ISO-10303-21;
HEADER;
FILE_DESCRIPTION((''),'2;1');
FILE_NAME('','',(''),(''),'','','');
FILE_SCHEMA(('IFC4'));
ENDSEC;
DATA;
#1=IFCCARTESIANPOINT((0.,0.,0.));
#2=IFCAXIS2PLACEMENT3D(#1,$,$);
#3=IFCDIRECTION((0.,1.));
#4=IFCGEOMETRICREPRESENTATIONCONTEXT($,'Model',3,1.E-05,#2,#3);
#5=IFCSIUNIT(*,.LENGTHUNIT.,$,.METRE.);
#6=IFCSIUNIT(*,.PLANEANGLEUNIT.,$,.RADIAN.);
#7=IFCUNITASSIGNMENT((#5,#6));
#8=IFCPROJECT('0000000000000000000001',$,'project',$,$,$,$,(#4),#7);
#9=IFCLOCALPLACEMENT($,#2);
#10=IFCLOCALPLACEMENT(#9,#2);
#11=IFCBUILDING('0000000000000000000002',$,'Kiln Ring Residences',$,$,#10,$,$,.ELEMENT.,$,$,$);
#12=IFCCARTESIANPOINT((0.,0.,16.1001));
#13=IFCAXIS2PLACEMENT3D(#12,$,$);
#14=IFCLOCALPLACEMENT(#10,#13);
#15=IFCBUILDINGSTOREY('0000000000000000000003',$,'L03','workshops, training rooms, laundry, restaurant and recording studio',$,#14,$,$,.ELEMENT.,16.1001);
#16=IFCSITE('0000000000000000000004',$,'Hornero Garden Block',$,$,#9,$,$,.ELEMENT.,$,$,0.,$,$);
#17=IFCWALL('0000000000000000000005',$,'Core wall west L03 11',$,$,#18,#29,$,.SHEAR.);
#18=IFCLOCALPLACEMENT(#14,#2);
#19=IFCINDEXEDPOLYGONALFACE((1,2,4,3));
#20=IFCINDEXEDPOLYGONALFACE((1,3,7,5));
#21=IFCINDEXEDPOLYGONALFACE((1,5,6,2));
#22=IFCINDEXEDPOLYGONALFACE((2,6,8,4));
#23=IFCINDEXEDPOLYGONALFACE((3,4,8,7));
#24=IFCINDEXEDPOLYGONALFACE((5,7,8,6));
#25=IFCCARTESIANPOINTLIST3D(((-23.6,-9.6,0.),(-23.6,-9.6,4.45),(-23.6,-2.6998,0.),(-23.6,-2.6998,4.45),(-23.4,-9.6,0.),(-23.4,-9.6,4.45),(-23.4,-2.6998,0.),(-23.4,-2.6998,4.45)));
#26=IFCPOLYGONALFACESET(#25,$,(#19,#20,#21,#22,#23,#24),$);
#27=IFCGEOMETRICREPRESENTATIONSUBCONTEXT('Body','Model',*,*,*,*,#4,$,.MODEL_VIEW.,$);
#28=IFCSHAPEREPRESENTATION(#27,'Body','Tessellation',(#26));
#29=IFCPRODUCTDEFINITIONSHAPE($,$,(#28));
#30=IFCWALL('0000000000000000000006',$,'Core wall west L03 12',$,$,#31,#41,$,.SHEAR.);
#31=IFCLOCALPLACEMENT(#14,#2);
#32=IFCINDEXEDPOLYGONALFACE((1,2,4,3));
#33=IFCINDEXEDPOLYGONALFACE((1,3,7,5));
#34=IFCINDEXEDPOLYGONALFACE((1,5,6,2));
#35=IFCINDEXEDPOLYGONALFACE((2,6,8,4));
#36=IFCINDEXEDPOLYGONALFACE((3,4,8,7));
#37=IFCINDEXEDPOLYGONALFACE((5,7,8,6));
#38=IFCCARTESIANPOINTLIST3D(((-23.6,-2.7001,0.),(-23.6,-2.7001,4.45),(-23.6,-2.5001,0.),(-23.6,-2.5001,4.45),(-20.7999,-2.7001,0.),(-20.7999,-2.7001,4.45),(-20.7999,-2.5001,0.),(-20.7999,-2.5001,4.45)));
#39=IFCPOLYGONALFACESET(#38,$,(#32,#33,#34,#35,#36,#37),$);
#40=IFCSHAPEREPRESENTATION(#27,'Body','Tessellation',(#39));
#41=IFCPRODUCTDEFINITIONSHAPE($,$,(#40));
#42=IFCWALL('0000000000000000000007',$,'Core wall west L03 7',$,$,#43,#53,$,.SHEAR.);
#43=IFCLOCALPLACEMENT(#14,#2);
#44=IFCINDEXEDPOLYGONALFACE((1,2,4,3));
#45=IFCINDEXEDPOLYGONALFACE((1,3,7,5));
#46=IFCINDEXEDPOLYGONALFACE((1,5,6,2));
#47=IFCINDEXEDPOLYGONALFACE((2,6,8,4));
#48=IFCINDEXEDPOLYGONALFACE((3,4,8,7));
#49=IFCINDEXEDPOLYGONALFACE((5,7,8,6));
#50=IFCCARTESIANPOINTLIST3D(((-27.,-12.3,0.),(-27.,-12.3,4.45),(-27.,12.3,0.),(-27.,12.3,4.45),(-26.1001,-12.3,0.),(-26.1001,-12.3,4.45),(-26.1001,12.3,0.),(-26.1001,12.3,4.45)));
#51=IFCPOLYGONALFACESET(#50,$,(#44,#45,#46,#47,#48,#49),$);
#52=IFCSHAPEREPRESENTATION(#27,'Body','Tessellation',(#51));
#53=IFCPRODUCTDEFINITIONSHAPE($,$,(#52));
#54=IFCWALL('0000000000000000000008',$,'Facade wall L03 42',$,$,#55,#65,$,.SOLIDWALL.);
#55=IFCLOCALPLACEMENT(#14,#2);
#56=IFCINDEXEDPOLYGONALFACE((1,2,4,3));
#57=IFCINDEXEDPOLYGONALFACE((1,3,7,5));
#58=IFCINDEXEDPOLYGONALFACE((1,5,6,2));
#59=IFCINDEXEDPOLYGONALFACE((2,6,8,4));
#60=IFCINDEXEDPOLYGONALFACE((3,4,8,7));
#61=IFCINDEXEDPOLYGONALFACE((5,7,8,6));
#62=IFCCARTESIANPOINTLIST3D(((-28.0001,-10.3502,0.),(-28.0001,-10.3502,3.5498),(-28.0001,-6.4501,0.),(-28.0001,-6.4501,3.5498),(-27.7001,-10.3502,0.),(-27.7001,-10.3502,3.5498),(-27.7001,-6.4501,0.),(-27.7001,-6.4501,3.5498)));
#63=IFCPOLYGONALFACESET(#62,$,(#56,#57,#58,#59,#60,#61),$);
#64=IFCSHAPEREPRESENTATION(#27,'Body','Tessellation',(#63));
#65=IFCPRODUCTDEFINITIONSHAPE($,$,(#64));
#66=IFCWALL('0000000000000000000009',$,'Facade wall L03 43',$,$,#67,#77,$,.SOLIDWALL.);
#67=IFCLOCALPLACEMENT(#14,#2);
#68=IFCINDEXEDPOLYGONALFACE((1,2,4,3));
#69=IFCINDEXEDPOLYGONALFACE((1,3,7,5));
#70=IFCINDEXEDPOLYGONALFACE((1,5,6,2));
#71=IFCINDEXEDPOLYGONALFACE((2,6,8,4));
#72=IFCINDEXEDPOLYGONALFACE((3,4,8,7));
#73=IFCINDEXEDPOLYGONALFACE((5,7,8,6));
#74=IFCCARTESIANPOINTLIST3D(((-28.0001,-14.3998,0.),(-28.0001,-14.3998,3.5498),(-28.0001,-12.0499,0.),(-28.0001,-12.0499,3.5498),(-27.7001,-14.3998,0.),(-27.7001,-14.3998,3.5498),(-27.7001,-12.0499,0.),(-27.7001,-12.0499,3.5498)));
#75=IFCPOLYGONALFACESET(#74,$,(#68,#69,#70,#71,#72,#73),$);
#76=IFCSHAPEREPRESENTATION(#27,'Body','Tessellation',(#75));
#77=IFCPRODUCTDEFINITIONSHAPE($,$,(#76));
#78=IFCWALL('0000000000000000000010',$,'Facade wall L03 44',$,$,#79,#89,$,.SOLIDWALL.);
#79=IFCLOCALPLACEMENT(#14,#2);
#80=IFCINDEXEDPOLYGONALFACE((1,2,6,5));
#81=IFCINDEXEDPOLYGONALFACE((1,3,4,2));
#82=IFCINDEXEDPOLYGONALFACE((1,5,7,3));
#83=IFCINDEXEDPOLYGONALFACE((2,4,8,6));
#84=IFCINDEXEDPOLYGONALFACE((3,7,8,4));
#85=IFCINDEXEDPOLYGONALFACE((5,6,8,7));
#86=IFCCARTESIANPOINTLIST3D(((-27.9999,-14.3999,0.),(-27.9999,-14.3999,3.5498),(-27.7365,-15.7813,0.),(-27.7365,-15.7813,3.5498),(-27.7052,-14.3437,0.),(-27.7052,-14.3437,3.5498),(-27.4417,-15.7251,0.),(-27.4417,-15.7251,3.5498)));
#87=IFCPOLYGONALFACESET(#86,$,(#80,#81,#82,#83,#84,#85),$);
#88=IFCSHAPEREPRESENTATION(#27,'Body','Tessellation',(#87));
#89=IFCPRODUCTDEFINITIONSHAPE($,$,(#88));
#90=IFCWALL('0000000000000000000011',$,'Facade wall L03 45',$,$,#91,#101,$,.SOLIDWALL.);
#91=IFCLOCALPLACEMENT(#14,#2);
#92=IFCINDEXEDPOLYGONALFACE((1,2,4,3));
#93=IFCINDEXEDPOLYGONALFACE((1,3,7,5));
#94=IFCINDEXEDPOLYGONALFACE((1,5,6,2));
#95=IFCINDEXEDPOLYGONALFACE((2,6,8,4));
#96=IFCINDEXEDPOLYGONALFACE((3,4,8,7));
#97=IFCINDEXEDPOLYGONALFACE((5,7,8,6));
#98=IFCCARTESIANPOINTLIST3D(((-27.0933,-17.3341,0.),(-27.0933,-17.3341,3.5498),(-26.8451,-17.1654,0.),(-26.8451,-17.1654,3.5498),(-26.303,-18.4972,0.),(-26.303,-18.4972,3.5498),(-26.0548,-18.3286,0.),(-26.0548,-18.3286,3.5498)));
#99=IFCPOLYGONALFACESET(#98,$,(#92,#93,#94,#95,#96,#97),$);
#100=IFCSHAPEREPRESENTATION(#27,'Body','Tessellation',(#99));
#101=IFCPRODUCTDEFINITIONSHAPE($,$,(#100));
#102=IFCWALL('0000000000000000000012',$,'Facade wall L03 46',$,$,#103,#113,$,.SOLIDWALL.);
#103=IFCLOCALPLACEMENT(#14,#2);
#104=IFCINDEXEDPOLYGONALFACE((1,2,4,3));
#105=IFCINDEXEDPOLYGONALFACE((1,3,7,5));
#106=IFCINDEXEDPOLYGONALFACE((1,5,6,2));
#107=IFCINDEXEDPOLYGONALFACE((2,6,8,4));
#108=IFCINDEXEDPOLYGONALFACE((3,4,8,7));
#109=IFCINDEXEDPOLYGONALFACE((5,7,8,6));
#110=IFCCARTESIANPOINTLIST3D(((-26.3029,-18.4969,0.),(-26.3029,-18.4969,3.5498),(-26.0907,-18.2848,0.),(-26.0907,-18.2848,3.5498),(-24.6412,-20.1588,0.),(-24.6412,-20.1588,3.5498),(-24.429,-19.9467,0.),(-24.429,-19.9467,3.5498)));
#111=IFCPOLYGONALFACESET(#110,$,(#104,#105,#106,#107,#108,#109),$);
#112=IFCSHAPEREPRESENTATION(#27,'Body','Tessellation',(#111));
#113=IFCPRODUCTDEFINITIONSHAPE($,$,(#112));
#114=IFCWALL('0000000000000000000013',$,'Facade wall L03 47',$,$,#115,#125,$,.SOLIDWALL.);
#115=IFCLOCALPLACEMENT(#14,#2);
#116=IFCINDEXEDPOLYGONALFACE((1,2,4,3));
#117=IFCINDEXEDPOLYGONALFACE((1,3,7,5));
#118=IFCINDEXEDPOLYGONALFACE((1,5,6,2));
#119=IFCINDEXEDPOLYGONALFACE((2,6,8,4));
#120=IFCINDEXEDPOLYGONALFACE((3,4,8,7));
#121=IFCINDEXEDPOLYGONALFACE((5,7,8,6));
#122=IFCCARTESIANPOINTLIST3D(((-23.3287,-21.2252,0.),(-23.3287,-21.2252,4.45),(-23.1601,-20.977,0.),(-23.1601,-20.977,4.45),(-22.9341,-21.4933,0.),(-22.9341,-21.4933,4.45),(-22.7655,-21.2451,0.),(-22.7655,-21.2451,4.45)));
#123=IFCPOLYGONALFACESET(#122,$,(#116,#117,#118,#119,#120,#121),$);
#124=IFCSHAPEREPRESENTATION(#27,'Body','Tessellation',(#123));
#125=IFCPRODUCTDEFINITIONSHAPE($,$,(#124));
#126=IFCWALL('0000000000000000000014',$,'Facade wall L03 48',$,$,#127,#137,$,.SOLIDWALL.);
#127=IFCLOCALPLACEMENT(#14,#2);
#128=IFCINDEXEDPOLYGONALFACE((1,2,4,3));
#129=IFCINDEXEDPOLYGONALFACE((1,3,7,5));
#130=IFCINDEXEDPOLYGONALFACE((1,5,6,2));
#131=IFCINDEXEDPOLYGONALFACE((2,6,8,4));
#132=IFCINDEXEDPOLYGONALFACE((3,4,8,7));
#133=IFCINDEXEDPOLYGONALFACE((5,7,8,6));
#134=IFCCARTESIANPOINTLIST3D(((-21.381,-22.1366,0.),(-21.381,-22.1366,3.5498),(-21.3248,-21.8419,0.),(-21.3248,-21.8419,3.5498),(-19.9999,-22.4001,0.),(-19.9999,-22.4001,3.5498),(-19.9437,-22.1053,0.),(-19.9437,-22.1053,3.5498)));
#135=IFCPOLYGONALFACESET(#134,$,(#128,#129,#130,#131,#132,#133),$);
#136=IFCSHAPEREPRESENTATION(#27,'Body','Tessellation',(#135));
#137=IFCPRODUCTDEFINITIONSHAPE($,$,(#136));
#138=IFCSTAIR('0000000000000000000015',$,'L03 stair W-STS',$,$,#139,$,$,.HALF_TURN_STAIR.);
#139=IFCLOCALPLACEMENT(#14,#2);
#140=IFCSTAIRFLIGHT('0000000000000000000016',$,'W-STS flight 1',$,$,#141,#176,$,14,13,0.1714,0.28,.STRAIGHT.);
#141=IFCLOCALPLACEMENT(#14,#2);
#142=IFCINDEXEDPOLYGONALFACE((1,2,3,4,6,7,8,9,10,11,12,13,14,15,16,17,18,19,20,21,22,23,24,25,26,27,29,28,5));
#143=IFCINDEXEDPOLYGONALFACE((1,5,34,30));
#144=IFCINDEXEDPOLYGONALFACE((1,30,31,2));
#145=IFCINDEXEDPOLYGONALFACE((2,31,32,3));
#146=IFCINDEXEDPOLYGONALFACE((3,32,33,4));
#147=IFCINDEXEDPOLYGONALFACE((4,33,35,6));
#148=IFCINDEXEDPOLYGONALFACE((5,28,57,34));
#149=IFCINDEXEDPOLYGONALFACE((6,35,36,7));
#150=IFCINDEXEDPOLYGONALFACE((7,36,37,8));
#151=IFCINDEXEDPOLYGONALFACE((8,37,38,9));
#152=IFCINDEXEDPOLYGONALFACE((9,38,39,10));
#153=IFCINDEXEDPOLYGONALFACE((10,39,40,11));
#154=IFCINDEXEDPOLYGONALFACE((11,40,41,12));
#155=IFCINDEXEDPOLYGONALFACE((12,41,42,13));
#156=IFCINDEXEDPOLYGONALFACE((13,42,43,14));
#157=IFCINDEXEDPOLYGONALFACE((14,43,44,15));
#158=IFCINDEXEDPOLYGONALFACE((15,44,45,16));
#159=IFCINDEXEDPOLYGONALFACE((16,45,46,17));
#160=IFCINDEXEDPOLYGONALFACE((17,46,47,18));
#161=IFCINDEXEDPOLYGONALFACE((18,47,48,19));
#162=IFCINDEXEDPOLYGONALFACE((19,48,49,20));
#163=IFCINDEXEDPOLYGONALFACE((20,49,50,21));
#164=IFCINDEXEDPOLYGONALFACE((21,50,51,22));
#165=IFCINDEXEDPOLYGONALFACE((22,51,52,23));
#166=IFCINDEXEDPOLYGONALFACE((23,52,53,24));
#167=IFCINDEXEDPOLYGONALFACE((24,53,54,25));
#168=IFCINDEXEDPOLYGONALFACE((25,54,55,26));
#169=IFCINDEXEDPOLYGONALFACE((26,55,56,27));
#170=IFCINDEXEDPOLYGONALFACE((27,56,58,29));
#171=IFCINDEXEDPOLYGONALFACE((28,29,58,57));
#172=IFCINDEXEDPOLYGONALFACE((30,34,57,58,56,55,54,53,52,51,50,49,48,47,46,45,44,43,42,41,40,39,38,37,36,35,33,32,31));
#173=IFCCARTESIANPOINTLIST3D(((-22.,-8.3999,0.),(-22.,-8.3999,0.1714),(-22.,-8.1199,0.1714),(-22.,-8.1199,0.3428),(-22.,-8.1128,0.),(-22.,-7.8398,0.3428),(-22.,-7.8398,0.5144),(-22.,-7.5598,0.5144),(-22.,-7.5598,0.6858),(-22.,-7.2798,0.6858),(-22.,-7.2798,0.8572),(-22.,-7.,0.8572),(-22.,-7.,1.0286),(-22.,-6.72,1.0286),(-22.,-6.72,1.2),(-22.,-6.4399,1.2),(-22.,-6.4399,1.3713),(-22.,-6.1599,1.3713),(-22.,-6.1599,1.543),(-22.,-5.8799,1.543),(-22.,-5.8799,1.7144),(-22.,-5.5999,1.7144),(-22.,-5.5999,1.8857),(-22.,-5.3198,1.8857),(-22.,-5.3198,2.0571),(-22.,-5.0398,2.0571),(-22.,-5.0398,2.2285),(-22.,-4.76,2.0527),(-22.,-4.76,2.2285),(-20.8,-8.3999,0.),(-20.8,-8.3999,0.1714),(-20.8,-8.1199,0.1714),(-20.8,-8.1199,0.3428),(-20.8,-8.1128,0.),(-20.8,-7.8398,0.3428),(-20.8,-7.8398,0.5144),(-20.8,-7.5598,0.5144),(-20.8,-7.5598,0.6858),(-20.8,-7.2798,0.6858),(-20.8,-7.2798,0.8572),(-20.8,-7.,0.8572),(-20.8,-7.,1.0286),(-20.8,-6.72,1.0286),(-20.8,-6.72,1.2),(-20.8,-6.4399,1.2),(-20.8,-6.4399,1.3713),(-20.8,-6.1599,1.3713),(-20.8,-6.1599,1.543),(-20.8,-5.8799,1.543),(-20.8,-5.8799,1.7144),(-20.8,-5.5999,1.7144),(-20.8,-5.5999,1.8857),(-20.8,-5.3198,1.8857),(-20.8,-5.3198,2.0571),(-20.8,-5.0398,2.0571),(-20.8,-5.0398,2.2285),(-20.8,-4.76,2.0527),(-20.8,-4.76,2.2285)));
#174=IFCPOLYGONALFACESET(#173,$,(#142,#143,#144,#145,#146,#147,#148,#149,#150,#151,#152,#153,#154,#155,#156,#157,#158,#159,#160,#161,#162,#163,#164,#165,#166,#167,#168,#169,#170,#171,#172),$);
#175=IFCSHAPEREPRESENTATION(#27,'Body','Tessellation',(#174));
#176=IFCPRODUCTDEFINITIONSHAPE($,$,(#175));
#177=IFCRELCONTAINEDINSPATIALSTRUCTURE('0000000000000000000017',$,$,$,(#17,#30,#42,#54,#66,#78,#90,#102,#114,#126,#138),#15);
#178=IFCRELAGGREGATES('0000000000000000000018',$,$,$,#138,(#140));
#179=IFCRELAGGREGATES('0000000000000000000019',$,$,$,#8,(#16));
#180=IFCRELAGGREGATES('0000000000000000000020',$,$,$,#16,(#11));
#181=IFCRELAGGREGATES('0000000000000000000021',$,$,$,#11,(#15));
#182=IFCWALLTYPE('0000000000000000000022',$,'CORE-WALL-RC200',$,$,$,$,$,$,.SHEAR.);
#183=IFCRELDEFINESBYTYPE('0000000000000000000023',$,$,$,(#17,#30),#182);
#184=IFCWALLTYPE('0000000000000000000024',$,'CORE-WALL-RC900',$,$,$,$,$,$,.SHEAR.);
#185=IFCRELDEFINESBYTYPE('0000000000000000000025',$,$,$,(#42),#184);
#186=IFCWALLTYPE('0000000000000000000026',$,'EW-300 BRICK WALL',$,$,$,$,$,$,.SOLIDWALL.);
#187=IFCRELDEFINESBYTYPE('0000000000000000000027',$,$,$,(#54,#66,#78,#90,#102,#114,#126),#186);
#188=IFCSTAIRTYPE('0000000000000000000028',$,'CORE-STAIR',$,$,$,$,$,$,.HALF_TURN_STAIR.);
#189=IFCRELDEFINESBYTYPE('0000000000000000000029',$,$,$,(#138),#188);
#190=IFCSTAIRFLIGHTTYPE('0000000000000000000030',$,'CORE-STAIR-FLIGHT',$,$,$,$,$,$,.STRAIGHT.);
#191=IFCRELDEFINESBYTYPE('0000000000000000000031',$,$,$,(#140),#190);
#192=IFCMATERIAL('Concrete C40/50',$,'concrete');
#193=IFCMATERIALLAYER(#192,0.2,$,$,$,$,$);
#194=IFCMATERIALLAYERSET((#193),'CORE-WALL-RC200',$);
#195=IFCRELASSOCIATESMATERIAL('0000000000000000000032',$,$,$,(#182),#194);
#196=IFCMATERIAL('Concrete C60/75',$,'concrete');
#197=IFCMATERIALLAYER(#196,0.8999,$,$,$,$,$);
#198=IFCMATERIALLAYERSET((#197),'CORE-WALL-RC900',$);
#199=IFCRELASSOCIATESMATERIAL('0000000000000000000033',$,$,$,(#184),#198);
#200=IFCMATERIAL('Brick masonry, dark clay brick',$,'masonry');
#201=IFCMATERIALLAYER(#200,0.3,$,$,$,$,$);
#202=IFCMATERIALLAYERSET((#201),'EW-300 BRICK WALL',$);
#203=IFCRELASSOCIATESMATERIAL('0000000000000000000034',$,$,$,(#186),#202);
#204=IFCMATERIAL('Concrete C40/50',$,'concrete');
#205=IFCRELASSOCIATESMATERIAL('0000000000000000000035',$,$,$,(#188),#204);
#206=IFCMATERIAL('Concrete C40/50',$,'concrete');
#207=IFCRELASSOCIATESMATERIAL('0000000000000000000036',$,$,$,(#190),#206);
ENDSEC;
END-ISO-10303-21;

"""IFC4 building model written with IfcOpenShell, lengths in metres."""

from ifc_helpers import new_model, si_unit, direction, frame, frame_2d, origin, place, context, subcontext, project, spatial, polyline, rectangle, outline, extrude, material, layer, layer_set, type_object, element, aggregate, save


model = new_model("IFC4")

# Units and contexts
model_context = context("Model", 3, precision=1e-05, world=origin(), true_north=direction((0.0, 1.0)))
body_context = subcontext(model_context, "Body", "Model", "MODEL_VIEW")
ifc_project = project(units=[si_unit("LENGTHUNIT", "METRE"), si_unit("PLANEANGLEUNIT", "RADIAN")], contexts=[model_context])

# Site, building, storey
site_placement = place(None, origin())
site = spatial("IfcSite", under=ifc_project, at=site_placement, Name="Hornero Garden Block", CompositionType="ELEMENT", RefElevation=0.0)
building_placement = place(site_placement, origin())
building = spatial("IfcBuilding", under=site, at=building_placement, Name="Kiln Ring Residences", CompositionType="ELEMENT")
storey_placement = place(building_placement, frame((0.0, 0.0, 16.1001)))
storey = spatial("IfcBuildingStorey", under=building, at=storey_placement, Name="L03", Description="workshops, training rooms, laundry, restaurant and recording studio", CompositionType="ELEMENT", Elevation=16.1001)

# Walls
ifc_material_1 = material(Name="Concrete C40/50", Category="concrete")
ifc_layer_1 = layer(ifc_material_1, 0.2)
ifc_layer_set_1 = layer_set([ifc_layer_1], Name="CORE-WALL-RC200")
wall_type_1 = type_object("IfcWallType", Name="CORE-WALL-RC200", PredefinedType="SHEAR", material=ifc_layer_set_1)
wall_1_placement = place(storey_placement, frame((-23.5, -9.6001, 0.0), z_axis=(0.0, 0.0, 1.0), x_axis=(0.0, 1.0, 0.0)))
element("IfcWall", 1, at=wall_1_placement, inside=storey, type_object=wall_type_1, Name="Core wall west L03 11", PredefinedType="SHEAR", context=body_context, shape_type="SweptSolid", body=[
    extrude(rectangle(XDim=6.9001, YDim=0.2, at=frame_2d((3.4502, 0.0))), origin(), (0.0, 0.0, 1.0), 4.45),
])
wall_2_placement = place(storey_placement, frame((-20.8, -2.6001, 0.0), z_axis=(0.0, 0.0, 1.0), x_axis=(-1.0, 0.0, 0.0)))
element("IfcWall", 2, at=wall_2_placement, inside=storey, type_object=wall_type_1, Name="Core wall west L03 12", PredefinedType="SHEAR", context=body_context, shape_type="SweptSolid", body=[
    extrude(rectangle(XDim=2.8, YDim=0.2, at=frame_2d((1.3999, 0.0))), origin(), (0.0, 0.0, 1.0), 4.45),
])
ifc_material_2 = material(Name="Concrete C60/75", Category="concrete")
ifc_layer_2 = layer(ifc_material_2, 0.8999)
ifc_layer_set_2 = layer_set([ifc_layer_2], Name="CORE-WALL-RC900")
wall_type_2 = type_object("IfcWallType", Name="CORE-WALL-RC900", PredefinedType="SHEAR", material=ifc_layer_set_2)
wall_3_placement = place(storey_placement, frame((-26.55, -12.3, 0.0), z_axis=(0.0, 0.0, 1.0), x_axis=(0.0, 1.0, 0.0)))
element("IfcWall", 3, at=wall_3_placement, inside=storey, type_object=wall_type_2, Name="Core wall west L03 7", PredefinedType="SHEAR", context=body_context, shape_type="SweptSolid", body=[
    extrude(rectangle(XDim=24.6001, YDim=0.8999, at=frame_2d((12.3, 0.0))), origin(), (0.0, 0.0, 1.0), 4.45),
])
ifc_material_3 = material(Name="Brick masonry, dark clay brick", Category="masonry")
ifc_layer_3 = layer(ifc_material_3, 0.3)
ifc_layer_set_3 = layer_set([ifc_layer_3], Name="EW-300 BRICK WALL")
wall_type_3 = type_object("IfcWallType", Name="EW-300 BRICK WALL", PredefinedType="SOLIDWALL", material=ifc_layer_set_3)
wall_4_placement = place(storey_placement, frame((-27.8501, -6.45, 0.0), z_axis=(0.0, 0.0, 1.0), x_axis=(0.0, -1.0, 0.0)))
element("IfcWall", 4, at=wall_4_placement, inside=storey, type_object=wall_type_3, Name="Facade wall L03 42", PredefinedType="SOLIDWALL", context=body_context, shape_type="SweptSolid", body=[
    extrude(rectangle(XDim=3.9001, YDim=0.3, at=frame_2d((1.9502, 0.0))), origin(), (0.0, 0.0, 1.0), 3.5498),
])
wall_5_placement = place(storey_placement, frame((-27.8501, -12.05, 0.0), z_axis=(0.0, 0.0, 1.0), x_axis=(0.0, -1.0, 0.0)))
element("IfcWall", 5, at=wall_5_placement, inside=storey, type_object=wall_type_3, Name="Facade wall L03 43", PredefinedType="SOLIDWALL", context=body_context, shape_type="SweptSolid", body=[
    extrude(rectangle(XDim=2.3499, YDim=0.3, at=frame_2d((1.1748, 0.0))), origin(), (0.0, 0.0, 1.0), 3.5498),
])
for number, where, z_axis, x_axis, name in (
    (6, (-27.8525, -14.3718, 0.0), (0.0, 0.0, 1.0), (0.187328, -0.982298, 0.0), "Facade wall L03 44"),
    (7, (-26.9692, -17.2498, 0.0), (0.0, 0.0, 1.0), (0.562011, -0.82713, 0.0), "Facade wall L03 45"),
):
    element("IfcWall", number, at=place(storey_placement, frame(where, z_axis=z_axis, x_axis=x_axis)), inside=storey, type_object=wall_type_3, Name=name, PredefinedType="SOLIDWALL", context=body_context, shape_type="SweptSolid", body=[
        extrude(rectangle(XDim=1.4062, YDim=0.3, at=frame_2d((0.7031, 0.0))), origin(), (0.0, 0.0, 1.0), 3.5498),
    ])
wall_6_placement = place(storey_placement, frame((-26.1968, -18.3909, 0.0), z_axis=(0.0, 0.0, 1.0), x_axis=(0.707055, -0.707159, 0.0)))
element("IfcWall", 8, at=wall_6_placement, inside=storey, type_object=wall_type_3, Name="Facade wall L03 46", PredefinedType="SOLIDWALL", context=body_context, shape_type="SweptSolid", body=[
    extrude(rectangle(XDim=2.3501, YDim=0.3, at=frame_2d((1.175, 0.0))), origin(), (0.0, 0.0, 1.0), 3.5498),
])
wall_7_placement = place(storey_placement, frame((-23.2444, -21.1011, 0.0), z_axis=(0.0, 0.0, 1.0), x_axis=(0.827136, -0.562002, 0.0)))
element("IfcWall", 9, at=wall_7_placement, inside=storey, type_object=wall_type_3, Name="Facade wall L03 47", PredefinedType="SOLIDWALL", context=body_context, shape_type="SweptSolid", body=[
    extrude(rectangle(XDim=0.4771, YDim=0.3, at=frame_2d((0.2385, 0.0))), origin(), (0.0, 0.0, 1.0), 4.45),
])
wall_8_placement = place(storey_placement, frame((-21.353, -21.9893, 0.0), z_axis=(0.0, 0.0, 1.0), x_axis=(0.982291, -0.187359, 0.0)))
element("IfcWall", 10, at=wall_8_placement, inside=storey, type_object=wall_type_3, Name="Facade wall L03 48", PredefinedType="SOLIDWALL", context=body_context, shape_type="SweptSolid", body=[
    extrude(rectangle(XDim=1.406, YDim=0.3, at=frame_2d((0.7031, 0.0))), origin(), (0.0, 0.0, 1.0), 3.5498),
])

# Stair, stair flight
ifc_material_4 = material(Name="Concrete C40/50", Category="concrete")
stair_type = type_object("IfcStairType", Name="CORE-STAIR", PredefinedType="HALF_TURN_STAIR", material=ifc_material_4)
stair_placement = place(storey_placement, origin())
stair = element("IfcStair", 11, at=stair_placement, inside=storey, type_object=stair_type, Name="L03 stair W-STS", PredefinedType="HALF_TURN_STAIR")
ifc_material_5 = material(Name="Concrete C40/50", Category="concrete")
stair_flight_type = type_object("IfcStairFlightType", Name="CORE-STAIR-FLIGHT", PredefinedType="STRAIGHT", material=ifc_material_5)
stair_flight_1_placement = place(storey_placement, frame((-21.3999, -8.3999, 0.0), z_axis=(0.0, 0.0, 1.0), x_axis=(0.0, 1.0, 0.0)))
stair_flight_1 = element("IfcStairFlight", 12, at=stair_flight_1_placement, type_object=stair_flight_type, Name="W-STS flight 1", NumberOfRisers=14, NumberOfTreads=13, PredefinedType="STRAIGHT", RiserHeight=0.1714, TreadLength=0.28, context=body_context, shape_type="SweptSolid", body=[
    extrude(outline(polyline([(0.0, 0.0), (0.0, 0.1714), (0.28, 0.1714), (0.28, 0.3428), (0.5601, 0.3428), (0.5601, 0.5144), (0.8401, 0.5144), (0.8401, 0.6858), (1.1201, 0.6858), (1.1201, 0.8572), (1.3999, 0.8572), (1.3999, 1.0286), (1.6799, 1.0286), (1.6799, 1.2), (1.96, 1.2), (1.96, 1.3713), (2.24, 1.3713), (2.24, 1.543), (2.52, 1.543), (2.52, 1.7144), (2.8, 1.7144), (2.8, 1.8857), (3.0801, 1.8857), (3.0801, 2.0571), (3.3601, 2.0571), (3.3601, 2.2285), (3.6399, 2.2285), (3.6399, 2.3999), (3.6399, 2.0527), (0.2871, 0.0), (0.0, 0.0)])), frame((0.0, 0.6001, 0.0), z_axis=(0.0, -1.0, 0.0), x_axis=(1.0, 0.0, 0.0)), (0.0, 0.0, 1.0), 1.2),
])
aggregate(stair, [stair_flight_1])

save(model, "model.ifc")
